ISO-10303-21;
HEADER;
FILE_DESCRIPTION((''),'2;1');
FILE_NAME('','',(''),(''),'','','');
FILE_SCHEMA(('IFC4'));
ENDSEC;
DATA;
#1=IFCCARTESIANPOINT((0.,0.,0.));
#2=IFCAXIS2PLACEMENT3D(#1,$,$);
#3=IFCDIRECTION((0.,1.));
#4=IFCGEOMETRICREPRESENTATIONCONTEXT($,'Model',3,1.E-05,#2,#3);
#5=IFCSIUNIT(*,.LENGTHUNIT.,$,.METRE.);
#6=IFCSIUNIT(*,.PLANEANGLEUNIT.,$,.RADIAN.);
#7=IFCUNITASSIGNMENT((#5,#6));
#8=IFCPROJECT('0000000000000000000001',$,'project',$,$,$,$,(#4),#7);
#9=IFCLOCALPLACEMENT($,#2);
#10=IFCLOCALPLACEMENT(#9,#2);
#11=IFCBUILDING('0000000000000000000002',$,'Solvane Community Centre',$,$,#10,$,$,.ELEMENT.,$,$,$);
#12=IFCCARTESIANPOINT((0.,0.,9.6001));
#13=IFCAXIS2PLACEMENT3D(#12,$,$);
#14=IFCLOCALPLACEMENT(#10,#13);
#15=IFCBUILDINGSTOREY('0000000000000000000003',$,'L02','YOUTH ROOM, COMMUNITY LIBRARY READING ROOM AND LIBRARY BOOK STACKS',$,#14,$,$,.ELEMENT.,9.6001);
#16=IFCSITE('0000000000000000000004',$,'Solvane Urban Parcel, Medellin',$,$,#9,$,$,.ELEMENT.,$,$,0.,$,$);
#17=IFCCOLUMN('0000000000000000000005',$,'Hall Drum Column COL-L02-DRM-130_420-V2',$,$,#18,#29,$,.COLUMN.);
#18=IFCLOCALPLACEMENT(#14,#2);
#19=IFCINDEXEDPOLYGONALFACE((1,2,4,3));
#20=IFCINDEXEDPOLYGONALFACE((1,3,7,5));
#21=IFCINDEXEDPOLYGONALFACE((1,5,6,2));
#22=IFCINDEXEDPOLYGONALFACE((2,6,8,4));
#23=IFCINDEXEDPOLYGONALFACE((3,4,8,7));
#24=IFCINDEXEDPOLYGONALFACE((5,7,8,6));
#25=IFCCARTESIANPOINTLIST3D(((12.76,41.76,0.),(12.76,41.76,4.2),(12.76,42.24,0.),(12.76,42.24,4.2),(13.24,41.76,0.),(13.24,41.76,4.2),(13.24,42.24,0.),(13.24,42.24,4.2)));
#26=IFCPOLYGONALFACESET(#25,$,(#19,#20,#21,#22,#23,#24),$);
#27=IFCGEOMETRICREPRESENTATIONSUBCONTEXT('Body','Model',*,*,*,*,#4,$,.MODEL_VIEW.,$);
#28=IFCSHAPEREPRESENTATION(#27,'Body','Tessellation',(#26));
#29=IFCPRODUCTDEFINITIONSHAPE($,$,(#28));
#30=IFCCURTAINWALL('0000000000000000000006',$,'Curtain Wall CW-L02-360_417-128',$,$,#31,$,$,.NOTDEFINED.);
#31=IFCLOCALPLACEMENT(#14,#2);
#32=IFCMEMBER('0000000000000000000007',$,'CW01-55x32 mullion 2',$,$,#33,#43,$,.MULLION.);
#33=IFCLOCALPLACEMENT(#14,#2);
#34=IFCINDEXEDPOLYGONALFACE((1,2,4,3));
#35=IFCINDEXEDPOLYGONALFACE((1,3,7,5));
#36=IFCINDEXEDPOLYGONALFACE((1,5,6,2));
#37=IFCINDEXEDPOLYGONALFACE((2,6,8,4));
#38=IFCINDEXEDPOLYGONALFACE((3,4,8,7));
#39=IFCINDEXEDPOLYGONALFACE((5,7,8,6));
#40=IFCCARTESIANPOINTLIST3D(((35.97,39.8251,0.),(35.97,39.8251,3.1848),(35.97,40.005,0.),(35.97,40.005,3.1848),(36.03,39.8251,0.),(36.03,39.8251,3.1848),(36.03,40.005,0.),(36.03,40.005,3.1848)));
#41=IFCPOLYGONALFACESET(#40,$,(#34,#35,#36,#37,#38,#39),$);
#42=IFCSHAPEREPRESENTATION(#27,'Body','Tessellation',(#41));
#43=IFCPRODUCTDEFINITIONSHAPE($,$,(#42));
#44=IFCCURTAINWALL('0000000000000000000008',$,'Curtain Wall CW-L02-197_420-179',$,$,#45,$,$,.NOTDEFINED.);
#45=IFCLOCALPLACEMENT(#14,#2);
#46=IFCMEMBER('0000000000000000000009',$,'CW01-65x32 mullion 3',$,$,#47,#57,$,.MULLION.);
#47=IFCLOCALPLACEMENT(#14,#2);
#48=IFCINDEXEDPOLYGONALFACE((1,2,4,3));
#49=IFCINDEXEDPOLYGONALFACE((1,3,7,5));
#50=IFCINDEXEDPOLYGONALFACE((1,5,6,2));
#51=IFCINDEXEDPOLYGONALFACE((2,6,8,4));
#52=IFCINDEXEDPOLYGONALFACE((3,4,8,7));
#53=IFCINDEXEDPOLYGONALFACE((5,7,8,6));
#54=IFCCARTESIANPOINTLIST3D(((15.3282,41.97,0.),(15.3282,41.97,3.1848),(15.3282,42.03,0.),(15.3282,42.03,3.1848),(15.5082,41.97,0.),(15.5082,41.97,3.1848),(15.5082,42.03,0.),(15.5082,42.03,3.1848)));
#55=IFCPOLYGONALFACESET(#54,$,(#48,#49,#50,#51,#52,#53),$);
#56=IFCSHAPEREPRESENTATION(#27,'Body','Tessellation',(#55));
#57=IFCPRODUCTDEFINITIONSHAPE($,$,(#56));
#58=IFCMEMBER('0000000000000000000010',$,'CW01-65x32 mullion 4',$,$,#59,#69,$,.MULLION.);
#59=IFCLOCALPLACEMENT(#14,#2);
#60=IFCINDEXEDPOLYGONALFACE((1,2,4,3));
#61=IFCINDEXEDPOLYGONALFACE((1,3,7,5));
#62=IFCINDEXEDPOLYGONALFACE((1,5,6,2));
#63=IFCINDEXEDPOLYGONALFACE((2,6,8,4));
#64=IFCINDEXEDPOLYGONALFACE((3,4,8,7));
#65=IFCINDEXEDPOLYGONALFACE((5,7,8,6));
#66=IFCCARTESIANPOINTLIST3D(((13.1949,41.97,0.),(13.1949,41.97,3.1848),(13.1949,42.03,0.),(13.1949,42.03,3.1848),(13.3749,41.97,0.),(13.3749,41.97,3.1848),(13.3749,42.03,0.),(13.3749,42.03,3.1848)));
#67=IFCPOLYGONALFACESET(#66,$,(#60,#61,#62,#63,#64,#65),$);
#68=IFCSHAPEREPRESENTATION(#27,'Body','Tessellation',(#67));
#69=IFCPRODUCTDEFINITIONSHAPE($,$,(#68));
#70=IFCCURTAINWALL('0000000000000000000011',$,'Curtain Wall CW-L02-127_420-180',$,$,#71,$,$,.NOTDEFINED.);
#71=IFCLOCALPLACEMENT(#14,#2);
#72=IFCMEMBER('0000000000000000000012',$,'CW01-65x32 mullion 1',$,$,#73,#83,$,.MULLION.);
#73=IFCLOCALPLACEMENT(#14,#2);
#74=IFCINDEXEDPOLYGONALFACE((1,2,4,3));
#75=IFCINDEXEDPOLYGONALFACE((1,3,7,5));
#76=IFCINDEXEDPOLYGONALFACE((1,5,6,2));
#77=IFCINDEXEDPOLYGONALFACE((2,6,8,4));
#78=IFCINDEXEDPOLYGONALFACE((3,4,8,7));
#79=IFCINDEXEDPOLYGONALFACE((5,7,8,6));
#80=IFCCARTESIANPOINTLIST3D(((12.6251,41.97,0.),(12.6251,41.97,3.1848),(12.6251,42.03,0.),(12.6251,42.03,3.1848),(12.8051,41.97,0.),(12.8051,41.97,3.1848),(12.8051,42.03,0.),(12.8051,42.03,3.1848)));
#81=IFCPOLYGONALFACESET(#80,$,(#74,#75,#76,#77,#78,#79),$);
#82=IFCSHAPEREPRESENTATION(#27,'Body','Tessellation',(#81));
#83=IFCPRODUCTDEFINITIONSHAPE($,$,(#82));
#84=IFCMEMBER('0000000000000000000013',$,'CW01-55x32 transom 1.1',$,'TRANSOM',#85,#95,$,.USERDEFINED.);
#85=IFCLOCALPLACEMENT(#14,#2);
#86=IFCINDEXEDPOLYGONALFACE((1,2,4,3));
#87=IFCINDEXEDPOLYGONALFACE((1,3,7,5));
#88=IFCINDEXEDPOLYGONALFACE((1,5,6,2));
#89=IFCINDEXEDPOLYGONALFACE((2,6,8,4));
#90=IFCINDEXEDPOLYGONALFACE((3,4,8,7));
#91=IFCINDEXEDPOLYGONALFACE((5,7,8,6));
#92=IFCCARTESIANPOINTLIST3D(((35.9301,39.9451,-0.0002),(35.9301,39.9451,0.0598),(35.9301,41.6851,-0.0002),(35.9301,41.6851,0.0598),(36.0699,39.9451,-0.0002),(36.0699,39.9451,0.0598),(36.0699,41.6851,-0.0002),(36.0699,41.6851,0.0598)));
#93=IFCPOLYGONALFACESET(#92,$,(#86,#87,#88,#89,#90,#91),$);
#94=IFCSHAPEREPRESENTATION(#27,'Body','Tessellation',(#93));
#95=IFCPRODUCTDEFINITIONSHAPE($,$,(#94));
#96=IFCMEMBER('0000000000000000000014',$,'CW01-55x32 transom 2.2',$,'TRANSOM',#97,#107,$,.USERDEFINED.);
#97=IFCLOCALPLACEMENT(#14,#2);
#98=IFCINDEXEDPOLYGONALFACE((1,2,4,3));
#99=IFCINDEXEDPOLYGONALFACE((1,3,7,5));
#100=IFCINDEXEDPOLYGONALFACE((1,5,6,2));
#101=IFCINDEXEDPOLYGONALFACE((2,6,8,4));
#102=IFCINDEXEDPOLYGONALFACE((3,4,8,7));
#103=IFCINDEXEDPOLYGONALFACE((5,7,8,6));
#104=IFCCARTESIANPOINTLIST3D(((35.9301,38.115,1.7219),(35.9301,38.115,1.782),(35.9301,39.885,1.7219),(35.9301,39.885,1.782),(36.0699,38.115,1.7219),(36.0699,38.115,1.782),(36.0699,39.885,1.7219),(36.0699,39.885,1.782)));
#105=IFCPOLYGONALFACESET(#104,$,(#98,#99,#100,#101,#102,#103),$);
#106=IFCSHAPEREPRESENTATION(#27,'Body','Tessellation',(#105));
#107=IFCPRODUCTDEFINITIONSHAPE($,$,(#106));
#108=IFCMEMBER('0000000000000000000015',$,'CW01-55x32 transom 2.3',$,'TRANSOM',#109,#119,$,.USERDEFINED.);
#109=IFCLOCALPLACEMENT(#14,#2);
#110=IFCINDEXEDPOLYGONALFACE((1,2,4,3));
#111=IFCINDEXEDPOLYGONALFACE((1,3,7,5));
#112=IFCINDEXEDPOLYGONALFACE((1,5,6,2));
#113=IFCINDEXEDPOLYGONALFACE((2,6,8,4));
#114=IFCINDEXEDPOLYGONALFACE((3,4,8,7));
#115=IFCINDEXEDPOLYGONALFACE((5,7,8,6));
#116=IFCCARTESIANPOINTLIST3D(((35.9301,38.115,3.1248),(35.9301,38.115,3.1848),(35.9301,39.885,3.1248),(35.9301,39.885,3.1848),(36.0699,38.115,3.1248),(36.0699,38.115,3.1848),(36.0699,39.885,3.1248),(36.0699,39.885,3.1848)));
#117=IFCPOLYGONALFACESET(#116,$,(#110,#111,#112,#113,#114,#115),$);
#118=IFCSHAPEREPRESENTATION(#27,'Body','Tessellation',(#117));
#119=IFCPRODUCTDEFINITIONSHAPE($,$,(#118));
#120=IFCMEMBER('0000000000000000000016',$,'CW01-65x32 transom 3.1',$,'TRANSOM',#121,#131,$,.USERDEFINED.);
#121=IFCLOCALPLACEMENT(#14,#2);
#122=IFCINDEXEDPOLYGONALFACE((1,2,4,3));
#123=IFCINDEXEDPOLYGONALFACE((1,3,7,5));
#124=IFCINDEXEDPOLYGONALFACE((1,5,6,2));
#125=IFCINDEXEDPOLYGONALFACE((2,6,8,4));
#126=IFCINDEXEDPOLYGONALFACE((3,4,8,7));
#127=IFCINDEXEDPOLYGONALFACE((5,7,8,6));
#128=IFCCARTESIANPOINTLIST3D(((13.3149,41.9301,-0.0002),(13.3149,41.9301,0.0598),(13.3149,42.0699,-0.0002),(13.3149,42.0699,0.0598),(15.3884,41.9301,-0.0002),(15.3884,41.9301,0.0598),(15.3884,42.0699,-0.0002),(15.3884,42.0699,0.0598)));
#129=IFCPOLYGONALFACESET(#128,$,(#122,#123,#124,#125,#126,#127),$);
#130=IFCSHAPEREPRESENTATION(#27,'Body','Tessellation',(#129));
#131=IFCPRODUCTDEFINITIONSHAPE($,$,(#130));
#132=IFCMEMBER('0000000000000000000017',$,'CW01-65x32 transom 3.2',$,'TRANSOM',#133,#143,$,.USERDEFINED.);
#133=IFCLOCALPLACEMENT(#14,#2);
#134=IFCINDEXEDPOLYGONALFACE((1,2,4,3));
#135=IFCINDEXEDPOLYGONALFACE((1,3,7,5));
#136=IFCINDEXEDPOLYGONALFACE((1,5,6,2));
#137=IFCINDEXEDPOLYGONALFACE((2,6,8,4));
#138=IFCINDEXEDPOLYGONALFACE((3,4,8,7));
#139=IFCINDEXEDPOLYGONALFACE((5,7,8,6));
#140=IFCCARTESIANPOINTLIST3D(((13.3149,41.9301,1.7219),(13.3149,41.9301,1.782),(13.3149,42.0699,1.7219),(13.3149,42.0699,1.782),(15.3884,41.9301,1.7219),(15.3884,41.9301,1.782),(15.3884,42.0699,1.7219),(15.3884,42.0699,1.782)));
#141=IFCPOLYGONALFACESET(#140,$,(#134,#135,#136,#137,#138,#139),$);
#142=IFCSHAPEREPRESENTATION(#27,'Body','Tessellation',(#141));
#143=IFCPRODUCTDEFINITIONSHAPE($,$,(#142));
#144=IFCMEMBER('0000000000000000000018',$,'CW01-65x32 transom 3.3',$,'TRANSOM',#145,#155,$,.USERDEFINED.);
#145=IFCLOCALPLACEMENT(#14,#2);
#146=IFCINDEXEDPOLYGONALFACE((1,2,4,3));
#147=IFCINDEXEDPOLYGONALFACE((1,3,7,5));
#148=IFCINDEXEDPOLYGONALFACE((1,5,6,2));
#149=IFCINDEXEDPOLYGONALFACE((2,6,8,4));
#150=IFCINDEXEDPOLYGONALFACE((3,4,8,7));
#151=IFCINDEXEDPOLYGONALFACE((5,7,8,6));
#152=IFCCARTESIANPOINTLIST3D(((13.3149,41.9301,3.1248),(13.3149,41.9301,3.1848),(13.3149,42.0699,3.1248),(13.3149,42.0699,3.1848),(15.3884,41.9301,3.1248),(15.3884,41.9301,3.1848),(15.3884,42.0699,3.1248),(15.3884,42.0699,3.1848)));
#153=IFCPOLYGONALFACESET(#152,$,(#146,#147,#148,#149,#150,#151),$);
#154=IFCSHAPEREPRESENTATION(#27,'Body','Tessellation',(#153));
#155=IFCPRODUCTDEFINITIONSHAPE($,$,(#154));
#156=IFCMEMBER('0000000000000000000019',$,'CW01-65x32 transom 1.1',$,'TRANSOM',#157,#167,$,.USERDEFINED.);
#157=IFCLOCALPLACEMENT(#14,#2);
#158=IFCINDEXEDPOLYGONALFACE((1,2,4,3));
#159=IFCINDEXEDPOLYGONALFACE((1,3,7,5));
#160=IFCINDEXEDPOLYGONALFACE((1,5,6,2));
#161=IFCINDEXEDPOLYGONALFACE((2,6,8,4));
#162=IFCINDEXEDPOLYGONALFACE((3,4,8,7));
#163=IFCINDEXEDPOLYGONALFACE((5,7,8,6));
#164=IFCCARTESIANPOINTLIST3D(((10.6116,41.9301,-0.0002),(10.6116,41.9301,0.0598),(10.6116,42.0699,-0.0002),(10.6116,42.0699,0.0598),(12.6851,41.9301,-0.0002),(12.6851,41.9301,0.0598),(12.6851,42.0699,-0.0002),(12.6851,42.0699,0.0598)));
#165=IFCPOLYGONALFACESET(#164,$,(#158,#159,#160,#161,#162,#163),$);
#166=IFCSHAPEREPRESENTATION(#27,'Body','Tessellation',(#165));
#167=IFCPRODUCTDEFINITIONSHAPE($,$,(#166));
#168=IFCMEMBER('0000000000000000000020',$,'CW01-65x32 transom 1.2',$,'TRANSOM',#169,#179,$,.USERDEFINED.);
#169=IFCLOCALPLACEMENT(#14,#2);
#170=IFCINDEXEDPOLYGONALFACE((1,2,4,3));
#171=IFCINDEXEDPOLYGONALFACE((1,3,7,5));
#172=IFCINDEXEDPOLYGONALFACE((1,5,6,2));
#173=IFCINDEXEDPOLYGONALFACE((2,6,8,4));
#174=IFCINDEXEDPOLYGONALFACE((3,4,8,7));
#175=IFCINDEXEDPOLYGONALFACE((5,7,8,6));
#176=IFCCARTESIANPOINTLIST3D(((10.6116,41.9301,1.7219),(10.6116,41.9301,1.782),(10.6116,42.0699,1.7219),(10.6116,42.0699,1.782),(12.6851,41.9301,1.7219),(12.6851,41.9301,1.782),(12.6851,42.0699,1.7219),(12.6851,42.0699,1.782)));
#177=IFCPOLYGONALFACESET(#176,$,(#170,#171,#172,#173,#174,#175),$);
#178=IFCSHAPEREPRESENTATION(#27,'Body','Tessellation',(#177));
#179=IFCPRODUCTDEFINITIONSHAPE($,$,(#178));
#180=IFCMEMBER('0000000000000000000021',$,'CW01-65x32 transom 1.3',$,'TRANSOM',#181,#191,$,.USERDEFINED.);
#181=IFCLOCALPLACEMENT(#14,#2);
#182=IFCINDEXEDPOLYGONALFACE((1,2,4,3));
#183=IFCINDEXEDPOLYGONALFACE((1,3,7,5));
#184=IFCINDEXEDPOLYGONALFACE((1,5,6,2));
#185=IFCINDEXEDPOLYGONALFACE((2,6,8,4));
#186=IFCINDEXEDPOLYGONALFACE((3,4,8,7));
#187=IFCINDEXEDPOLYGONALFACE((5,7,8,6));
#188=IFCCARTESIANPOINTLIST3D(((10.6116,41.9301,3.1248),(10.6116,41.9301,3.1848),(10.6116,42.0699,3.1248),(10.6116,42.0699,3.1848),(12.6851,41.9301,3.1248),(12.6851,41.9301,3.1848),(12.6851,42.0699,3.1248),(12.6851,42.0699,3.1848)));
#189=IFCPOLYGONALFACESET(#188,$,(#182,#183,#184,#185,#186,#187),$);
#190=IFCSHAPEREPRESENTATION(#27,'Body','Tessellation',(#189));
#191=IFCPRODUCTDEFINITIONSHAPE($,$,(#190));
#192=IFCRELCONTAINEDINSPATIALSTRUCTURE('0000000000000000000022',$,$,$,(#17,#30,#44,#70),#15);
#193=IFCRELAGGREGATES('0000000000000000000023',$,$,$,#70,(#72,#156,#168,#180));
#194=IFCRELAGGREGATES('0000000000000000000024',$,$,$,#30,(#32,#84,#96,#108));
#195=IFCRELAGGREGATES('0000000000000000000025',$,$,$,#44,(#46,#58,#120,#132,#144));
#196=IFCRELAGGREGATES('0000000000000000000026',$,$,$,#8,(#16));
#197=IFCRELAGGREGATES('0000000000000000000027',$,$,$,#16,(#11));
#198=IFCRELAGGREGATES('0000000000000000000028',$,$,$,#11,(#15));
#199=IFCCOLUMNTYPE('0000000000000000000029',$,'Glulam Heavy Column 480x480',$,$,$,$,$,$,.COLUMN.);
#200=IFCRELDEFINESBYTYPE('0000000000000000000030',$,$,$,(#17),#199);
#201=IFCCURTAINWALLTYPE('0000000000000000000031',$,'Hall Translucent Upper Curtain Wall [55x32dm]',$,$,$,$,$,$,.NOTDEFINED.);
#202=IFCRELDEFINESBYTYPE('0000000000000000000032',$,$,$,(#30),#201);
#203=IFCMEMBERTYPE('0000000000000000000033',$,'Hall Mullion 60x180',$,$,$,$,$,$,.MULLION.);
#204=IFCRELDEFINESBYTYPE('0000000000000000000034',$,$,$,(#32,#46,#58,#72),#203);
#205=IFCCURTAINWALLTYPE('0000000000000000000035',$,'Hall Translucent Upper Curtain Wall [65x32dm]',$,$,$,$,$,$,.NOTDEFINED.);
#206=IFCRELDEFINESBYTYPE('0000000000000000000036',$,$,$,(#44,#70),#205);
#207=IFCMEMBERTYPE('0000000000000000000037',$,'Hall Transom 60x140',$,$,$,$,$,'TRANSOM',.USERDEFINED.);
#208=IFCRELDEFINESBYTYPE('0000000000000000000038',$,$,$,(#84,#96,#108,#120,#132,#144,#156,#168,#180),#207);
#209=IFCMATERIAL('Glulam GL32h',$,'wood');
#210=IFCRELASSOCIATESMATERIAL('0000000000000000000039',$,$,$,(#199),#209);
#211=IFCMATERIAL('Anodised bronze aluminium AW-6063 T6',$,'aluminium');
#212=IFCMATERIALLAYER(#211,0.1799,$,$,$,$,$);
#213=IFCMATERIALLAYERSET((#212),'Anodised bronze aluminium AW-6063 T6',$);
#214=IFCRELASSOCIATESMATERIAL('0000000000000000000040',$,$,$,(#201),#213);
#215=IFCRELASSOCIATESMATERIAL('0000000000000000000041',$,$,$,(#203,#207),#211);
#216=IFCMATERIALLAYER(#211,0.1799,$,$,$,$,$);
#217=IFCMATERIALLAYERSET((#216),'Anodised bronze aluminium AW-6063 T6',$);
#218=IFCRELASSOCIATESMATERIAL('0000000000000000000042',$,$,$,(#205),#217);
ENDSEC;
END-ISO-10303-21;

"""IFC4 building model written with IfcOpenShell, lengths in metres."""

from ifc_helpers import new_model, si_unit, direction, frame, origin, origin_2d, place, context, subcontext, project, spatial, rectangle, extrude, material, layer, layer_set, material_profile, profile_set, type_object, element, aggregate, save


model = new_model("IFC4")

# Units and contexts
model_context = context("Model", 3, precision=1e-05, world=origin(), true_north=direction((0.0, 1.0)))
body_context = subcontext(model_context, "Body", "Model", "MODEL_VIEW")
ifc_project = project(units=[si_unit("LENGTHUNIT", "METRE"), si_unit("PLANEANGLEUNIT", "RADIAN")], contexts=[model_context])

# Site, building, storey
site_placement = place(None, origin())
site = spatial("IfcSite", under=ifc_project, at=site_placement, Name="Solvane Urban Parcel, Medellin", CompositionType="ELEMENT", RefElevation=0.0)
building_placement = place(site_placement, origin())
building = spatial("IfcBuilding", under=site, at=building_placement, Name="Solvane Community Centre", CompositionType="ELEMENT")
storey_placement = place(building_placement, frame((0.0, 0.0, 9.6001)))
storey = spatial("IfcBuildingStorey", under=building, at=storey_placement, Name="L02", Description="YOUTH ROOM, COMMUNITY LIBRARY READING ROOM AND LIBRARY BOOK STACKS", CompositionType="ELEMENT", Elevation=9.6001)

# Column
ifc_material_1 = material(Name="Glulam GL32h", Category="wood")
ifc_material_profile_1 = material_profile(ifc_material_1, rectangle(XDim=0.48, YDim=0.48, at=origin_2d()), Name="GL32h 480x480")
ifc_profile_set_1 = profile_set([ifc_material_profile_1], Name="Glulam GL32h")
column_type = type_object("IfcColumnType", Name="Glulam Heavy Column 480x480", PredefinedType="COLUMN", material=ifc_profile_set_1)
column_placement = place(storey_placement, frame((13.0, 42.0, 0.0), z_axis=(0.0, 0.0, 1.0), x_axis=(1.0, 0.0, 0.0)))
element("IfcColumn", 1, at=column_placement, inside=storey, type_object=column_type, Name="Hall Drum Column COL-L02-DRM-130_420-V2", PredefinedType="COLUMN", context=body_context, shape_type="SweptSolid", body=[
    extrude(rectangle(XDim=0.48, YDim=0.48, at=origin_2d()), origin(), (0.0, 0.0, 1.0), 4.2),
])

# Curtain wall, member
ifc_material_2 = material(Name="Anodised bronze aluminium AW-6063 T6", Category="aluminium")
ifc_layer_1 = layer(ifc_material_2, 0.1799)
ifc_layer_set_1 = layer_set([ifc_layer_1], Name="Anodised bronze aluminium AW-6063 T6")
curtain_wall_type_1 = type_object("IfcCurtainWallType", Name="Hall Translucent Upper Curtain Wall [55x32dm]", PredefinedType="NOTDEFINED", material=ifc_layer_set_1)
curtain_wall_1_placement = place(storey_placement, origin())
curtain_wall_1 = element("IfcCurtainWall", 2, at=curtain_wall_1_placement, inside=storey, type_object=curtain_wall_type_1, Name="Curtain Wall CW-L02-360_417-128", PredefinedType="NOTDEFINED")
ifc_material_profile_2 = material_profile(ifc_material_2, rectangle(XDim=0.0601, YDim=0.1799, at=origin_2d()), Name="CW-M 60x180")
ifc_profile_set_2 = profile_set([ifc_material_profile_2], Name="Anodised bronze aluminium AW-6063 T6")
member_type_1 = type_object("IfcMemberType", Name="Hall Mullion 60x180", PredefinedType="MULLION", material=ifc_profile_set_2)
member_1_placement = place(storey_placement, frame((36.0, 39.915, 0.0), z_axis=(0.0, 0.0, 1.0), x_axis=(1.0, 0.0, 0.0)))
member_1 = element("IfcMember", 3, at=member_1_placement, type_object=member_type_1, Name="CW01-55x32 mullion 2", PredefinedType="MULLION", context=body_context, shape_type="SweptSolid", body=[
    extrude(rectangle(XDim=0.0601, YDim=0.1799, at=origin_2d()), origin(), (0.0, 0.0, 1.0), 3.1848),
])

# Curtain wall, members
ifc_layer_2 = layer(ifc_material_2, 0.1799)
ifc_layer_set_2 = layer_set([ifc_layer_2], Name="Anodised bronze aluminium AW-6063 T6")
curtain_wall_type_2 = type_object("IfcCurtainWallType", Name="Hall Translucent Upper Curtain Wall [65x32dm]", PredefinedType="NOTDEFINED", material=ifc_layer_set_2)
curtain_wall_2_placement = place(storey_placement, origin())
curtain_wall_2 = element("IfcCurtainWall", 4, at=curtain_wall_2_placement, inside=storey, type_object=curtain_wall_type_2, Name="Curtain Wall CW-L02-197_420-179", PredefinedType="NOTDEFINED")
member_2_placement = place(storey_placement, frame((15.4182, 42.0, 0.0), z_axis=(0.0, 0.0, 1.0), x_axis=(0.0, -1.0, 0.0)))
member_2 = element("IfcMember", 5, at=member_2_placement, type_object=member_type_1, Name="CW01-65x32 mullion 3", PredefinedType="MULLION", context=body_context, shape_type="SweptSolid", body=[
    extrude(rectangle(XDim=0.0601, YDim=0.1799, at=origin_2d()), origin(), (0.0, 0.0, 1.0), 3.1848),
])
member_3_placement = place(storey_placement, frame((13.2849, 42.0, 0.0), z_axis=(0.0, 0.0, 1.0), x_axis=(0.0, -1.0, 0.0)))
member_3 = element("IfcMember", 6, at=member_3_placement, type_object=member_type_1, Name="CW01-65x32 mullion 4", PredefinedType="MULLION", context=body_context, shape_type="SweptSolid", body=[
    extrude(rectangle(XDim=0.0601, YDim=0.1799, at=origin_2d()), origin(), (0.0, 0.0, 1.0), 3.1848),
])

# Curtain wall, member
curtain_wall_3_placement = place(storey_placement, origin())
curtain_wall_3 = element("IfcCurtainWall", 7, at=curtain_wall_3_placement, inside=storey, type_object=curtain_wall_type_2, Name="Curtain Wall CW-L02-127_420-180", PredefinedType="NOTDEFINED")
member_4_placement = place(storey_placement, frame((12.7151, 42.0, 0.0), z_axis=(0.0, 0.0, 1.0), x_axis=(0.0, -1.0, 0.0)))
member_4 = element("IfcMember", 8, at=member_4_placement, type_object=member_type_1, Name="CW01-65x32 mullion 1", PredefinedType="MULLION", context=body_context, shape_type="SweptSolid", body=[
    extrude(rectangle(XDim=0.0601, YDim=0.1799, at=origin_2d()), origin(), (0.0, 0.0, 1.0), 3.1848),
])

# Members
ifc_material_profile_3 = material_profile(ifc_material_2, rectangle(XDim=0.1399, YDim=0.0601, at=origin_2d()), Name="CW-T 60x140")
ifc_profile_set_3 = profile_set([ifc_material_profile_3], Name="Anodised bronze aluminium AW-6063 T6")
member_type_2 = type_object("IfcMemberType", Name="Hall Transom 60x140", ElementType="TRANSOM", PredefinedType="USERDEFINED", material=ifc_profile_set_3)
member_5_placement = place(storey_placement, frame((36.0, 41.6851, 0.0298), z_axis=(0.0, -1.0, 0.0), x_axis=(1.0, 0.0, 0.0)))
member_5 = element("IfcMember", 9, at=member_5_placement, type_object=member_type_2, Name="CW01-55x32 transom 1.1", ObjectType="TRANSOM", PredefinedType="USERDEFINED", context=body_context, shape_type="SweptSolid", body=[
    extrude(rectangle(XDim=0.1399, YDim=0.0601, at=origin_2d()), origin(), (0.0, 0.0, 1.0), 1.74),
])
member_6_placement = place(storey_placement, frame((36.0, 39.885, 1.752), z_axis=(0.0, -1.0, 0.0), x_axis=(1.0, 0.0, 0.0)))
member_6 = element("IfcMember", 10, at=member_6_placement, type_object=member_type_2, Name="CW01-55x32 transom 2.2", ObjectType="TRANSOM", PredefinedType="USERDEFINED", context=body_context, shape_type="SweptSolid", body=[
    extrude(rectangle(XDim=0.1399, YDim=0.0601, at=origin_2d()), origin(), (0.0, 0.0, 1.0), 1.77),
])
member_7_placement = place(storey_placement, frame((36.0, 39.885, 3.1548), z_axis=(0.0, -1.0, 0.0), x_axis=(1.0, 0.0, 0.0)))
member_7 = element("IfcMember", 11, at=member_7_placement, type_object=member_type_2, Name="CW01-55x32 transom 2.3", ObjectType="TRANSOM", PredefinedType="USERDEFINED", context=body_context, shape_type="SweptSolid", body=[
    extrude(rectangle(XDim=0.1399, YDim=0.0601, at=origin_2d()), origin(), (0.0, 0.0, 1.0), 1.77),
])
member_8_placement = place(storey_placement, frame((15.3884, 42.0, 0.0298), z_axis=(-1.0, 0.0, 0.0), x_axis=(0.0, -1.0, 0.0)))
member_8 = element("IfcMember", 12, at=member_8_placement, type_object=member_type_2, Name="CW01-65x32 transom 3.1", ObjectType="TRANSOM", PredefinedType="USERDEFINED", context=body_context, shape_type="SweptSolid", body=[
    extrude(rectangle(XDim=0.1399, YDim=0.0601, at=origin_2d()), origin(), (0.0, 0.0, 1.0), 2.0735),
])
member_9_placement = place(storey_placement, frame((15.3884, 42.0, 1.752), z_axis=(-1.0, 0.0, 0.0), x_axis=(0.0, -1.0, 0.0)))
member_9 = element("IfcMember", 13, at=member_9_placement, type_object=member_type_2, Name="CW01-65x32 transom 3.2", ObjectType="TRANSOM", PredefinedType="USERDEFINED", context=body_context, shape_type="SweptSolid", body=[
    extrude(rectangle(XDim=0.1399, YDim=0.0601, at=origin_2d()), origin(), (0.0, 0.0, 1.0), 2.0735),
])
member_10_placement = place(storey_placement, frame((15.3884, 42.0, 3.1548), z_axis=(-1.0, 0.0, 0.0), x_axis=(0.0, -1.0, 0.0)))
member_10 = element("IfcMember", 14, at=member_10_placement, type_object=member_type_2, Name="CW01-65x32 transom 3.3", ObjectType="TRANSOM", PredefinedType="USERDEFINED", context=body_context, shape_type="SweptSolid", body=[
    extrude(rectangle(XDim=0.1399, YDim=0.0601, at=origin_2d()), origin(), (0.0, 0.0, 1.0), 2.0735),
])
member_11_placement = place(storey_placement, frame((12.6851, 42.0, 0.0298), z_axis=(-1.0, 0.0, 0.0), x_axis=(0.0, -1.0, 0.0)))
member_11 = element("IfcMember", 15, at=member_11_placement, type_object=member_type_2, Name="CW01-65x32 transom 1.1", ObjectType="TRANSOM", PredefinedType="USERDEFINED", context=body_context, shape_type="SweptSolid", body=[
    extrude(rectangle(XDim=0.1399, YDim=0.0601, at=origin_2d()), origin(), (0.0, 0.0, 1.0), 2.0735),
])
member_12_placement = place(storey_placement, frame((12.6851, 42.0, 1.752), z_axis=(-1.0, 0.0, 0.0), x_axis=(0.0, -1.0, 0.0)))
member_12 = element("IfcMember", 16, at=member_12_placement, type_object=member_type_2, Name="CW01-65x32 transom 1.2", ObjectType="TRANSOM", PredefinedType="USERDEFINED", context=body_context, shape_type="SweptSolid", body=[
    extrude(rectangle(XDim=0.1399, YDim=0.0601, at=origin_2d()), origin(), (0.0, 0.0, 1.0), 2.0735),
])
member_13_placement = place(storey_placement, frame((12.6851, 42.0, 3.1548), z_axis=(-1.0, 0.0, 0.0), x_axis=(0.0, -1.0, 0.0)))
member_13 = element("IfcMember", 17, at=member_13_placement, type_object=member_type_2, Name="CW01-65x32 transom 1.3", ObjectType="TRANSOM", PredefinedType="USERDEFINED", context=body_context, shape_type="SweptSolid", body=[
    extrude(rectangle(XDim=0.1399, YDim=0.0601, at=origin_2d()), origin(), (0.0, 0.0, 1.0), 2.0735),
])
aggregate(curtain_wall_3, [member_4, member_11, member_12, member_13])

aggregate(curtain_wall_1, [member_1, member_5, member_6, member_7])
aggregate(curtain_wall_2, [member_2, member_3, member_8, member_9, member_10])

save(model, "model.ifc")
